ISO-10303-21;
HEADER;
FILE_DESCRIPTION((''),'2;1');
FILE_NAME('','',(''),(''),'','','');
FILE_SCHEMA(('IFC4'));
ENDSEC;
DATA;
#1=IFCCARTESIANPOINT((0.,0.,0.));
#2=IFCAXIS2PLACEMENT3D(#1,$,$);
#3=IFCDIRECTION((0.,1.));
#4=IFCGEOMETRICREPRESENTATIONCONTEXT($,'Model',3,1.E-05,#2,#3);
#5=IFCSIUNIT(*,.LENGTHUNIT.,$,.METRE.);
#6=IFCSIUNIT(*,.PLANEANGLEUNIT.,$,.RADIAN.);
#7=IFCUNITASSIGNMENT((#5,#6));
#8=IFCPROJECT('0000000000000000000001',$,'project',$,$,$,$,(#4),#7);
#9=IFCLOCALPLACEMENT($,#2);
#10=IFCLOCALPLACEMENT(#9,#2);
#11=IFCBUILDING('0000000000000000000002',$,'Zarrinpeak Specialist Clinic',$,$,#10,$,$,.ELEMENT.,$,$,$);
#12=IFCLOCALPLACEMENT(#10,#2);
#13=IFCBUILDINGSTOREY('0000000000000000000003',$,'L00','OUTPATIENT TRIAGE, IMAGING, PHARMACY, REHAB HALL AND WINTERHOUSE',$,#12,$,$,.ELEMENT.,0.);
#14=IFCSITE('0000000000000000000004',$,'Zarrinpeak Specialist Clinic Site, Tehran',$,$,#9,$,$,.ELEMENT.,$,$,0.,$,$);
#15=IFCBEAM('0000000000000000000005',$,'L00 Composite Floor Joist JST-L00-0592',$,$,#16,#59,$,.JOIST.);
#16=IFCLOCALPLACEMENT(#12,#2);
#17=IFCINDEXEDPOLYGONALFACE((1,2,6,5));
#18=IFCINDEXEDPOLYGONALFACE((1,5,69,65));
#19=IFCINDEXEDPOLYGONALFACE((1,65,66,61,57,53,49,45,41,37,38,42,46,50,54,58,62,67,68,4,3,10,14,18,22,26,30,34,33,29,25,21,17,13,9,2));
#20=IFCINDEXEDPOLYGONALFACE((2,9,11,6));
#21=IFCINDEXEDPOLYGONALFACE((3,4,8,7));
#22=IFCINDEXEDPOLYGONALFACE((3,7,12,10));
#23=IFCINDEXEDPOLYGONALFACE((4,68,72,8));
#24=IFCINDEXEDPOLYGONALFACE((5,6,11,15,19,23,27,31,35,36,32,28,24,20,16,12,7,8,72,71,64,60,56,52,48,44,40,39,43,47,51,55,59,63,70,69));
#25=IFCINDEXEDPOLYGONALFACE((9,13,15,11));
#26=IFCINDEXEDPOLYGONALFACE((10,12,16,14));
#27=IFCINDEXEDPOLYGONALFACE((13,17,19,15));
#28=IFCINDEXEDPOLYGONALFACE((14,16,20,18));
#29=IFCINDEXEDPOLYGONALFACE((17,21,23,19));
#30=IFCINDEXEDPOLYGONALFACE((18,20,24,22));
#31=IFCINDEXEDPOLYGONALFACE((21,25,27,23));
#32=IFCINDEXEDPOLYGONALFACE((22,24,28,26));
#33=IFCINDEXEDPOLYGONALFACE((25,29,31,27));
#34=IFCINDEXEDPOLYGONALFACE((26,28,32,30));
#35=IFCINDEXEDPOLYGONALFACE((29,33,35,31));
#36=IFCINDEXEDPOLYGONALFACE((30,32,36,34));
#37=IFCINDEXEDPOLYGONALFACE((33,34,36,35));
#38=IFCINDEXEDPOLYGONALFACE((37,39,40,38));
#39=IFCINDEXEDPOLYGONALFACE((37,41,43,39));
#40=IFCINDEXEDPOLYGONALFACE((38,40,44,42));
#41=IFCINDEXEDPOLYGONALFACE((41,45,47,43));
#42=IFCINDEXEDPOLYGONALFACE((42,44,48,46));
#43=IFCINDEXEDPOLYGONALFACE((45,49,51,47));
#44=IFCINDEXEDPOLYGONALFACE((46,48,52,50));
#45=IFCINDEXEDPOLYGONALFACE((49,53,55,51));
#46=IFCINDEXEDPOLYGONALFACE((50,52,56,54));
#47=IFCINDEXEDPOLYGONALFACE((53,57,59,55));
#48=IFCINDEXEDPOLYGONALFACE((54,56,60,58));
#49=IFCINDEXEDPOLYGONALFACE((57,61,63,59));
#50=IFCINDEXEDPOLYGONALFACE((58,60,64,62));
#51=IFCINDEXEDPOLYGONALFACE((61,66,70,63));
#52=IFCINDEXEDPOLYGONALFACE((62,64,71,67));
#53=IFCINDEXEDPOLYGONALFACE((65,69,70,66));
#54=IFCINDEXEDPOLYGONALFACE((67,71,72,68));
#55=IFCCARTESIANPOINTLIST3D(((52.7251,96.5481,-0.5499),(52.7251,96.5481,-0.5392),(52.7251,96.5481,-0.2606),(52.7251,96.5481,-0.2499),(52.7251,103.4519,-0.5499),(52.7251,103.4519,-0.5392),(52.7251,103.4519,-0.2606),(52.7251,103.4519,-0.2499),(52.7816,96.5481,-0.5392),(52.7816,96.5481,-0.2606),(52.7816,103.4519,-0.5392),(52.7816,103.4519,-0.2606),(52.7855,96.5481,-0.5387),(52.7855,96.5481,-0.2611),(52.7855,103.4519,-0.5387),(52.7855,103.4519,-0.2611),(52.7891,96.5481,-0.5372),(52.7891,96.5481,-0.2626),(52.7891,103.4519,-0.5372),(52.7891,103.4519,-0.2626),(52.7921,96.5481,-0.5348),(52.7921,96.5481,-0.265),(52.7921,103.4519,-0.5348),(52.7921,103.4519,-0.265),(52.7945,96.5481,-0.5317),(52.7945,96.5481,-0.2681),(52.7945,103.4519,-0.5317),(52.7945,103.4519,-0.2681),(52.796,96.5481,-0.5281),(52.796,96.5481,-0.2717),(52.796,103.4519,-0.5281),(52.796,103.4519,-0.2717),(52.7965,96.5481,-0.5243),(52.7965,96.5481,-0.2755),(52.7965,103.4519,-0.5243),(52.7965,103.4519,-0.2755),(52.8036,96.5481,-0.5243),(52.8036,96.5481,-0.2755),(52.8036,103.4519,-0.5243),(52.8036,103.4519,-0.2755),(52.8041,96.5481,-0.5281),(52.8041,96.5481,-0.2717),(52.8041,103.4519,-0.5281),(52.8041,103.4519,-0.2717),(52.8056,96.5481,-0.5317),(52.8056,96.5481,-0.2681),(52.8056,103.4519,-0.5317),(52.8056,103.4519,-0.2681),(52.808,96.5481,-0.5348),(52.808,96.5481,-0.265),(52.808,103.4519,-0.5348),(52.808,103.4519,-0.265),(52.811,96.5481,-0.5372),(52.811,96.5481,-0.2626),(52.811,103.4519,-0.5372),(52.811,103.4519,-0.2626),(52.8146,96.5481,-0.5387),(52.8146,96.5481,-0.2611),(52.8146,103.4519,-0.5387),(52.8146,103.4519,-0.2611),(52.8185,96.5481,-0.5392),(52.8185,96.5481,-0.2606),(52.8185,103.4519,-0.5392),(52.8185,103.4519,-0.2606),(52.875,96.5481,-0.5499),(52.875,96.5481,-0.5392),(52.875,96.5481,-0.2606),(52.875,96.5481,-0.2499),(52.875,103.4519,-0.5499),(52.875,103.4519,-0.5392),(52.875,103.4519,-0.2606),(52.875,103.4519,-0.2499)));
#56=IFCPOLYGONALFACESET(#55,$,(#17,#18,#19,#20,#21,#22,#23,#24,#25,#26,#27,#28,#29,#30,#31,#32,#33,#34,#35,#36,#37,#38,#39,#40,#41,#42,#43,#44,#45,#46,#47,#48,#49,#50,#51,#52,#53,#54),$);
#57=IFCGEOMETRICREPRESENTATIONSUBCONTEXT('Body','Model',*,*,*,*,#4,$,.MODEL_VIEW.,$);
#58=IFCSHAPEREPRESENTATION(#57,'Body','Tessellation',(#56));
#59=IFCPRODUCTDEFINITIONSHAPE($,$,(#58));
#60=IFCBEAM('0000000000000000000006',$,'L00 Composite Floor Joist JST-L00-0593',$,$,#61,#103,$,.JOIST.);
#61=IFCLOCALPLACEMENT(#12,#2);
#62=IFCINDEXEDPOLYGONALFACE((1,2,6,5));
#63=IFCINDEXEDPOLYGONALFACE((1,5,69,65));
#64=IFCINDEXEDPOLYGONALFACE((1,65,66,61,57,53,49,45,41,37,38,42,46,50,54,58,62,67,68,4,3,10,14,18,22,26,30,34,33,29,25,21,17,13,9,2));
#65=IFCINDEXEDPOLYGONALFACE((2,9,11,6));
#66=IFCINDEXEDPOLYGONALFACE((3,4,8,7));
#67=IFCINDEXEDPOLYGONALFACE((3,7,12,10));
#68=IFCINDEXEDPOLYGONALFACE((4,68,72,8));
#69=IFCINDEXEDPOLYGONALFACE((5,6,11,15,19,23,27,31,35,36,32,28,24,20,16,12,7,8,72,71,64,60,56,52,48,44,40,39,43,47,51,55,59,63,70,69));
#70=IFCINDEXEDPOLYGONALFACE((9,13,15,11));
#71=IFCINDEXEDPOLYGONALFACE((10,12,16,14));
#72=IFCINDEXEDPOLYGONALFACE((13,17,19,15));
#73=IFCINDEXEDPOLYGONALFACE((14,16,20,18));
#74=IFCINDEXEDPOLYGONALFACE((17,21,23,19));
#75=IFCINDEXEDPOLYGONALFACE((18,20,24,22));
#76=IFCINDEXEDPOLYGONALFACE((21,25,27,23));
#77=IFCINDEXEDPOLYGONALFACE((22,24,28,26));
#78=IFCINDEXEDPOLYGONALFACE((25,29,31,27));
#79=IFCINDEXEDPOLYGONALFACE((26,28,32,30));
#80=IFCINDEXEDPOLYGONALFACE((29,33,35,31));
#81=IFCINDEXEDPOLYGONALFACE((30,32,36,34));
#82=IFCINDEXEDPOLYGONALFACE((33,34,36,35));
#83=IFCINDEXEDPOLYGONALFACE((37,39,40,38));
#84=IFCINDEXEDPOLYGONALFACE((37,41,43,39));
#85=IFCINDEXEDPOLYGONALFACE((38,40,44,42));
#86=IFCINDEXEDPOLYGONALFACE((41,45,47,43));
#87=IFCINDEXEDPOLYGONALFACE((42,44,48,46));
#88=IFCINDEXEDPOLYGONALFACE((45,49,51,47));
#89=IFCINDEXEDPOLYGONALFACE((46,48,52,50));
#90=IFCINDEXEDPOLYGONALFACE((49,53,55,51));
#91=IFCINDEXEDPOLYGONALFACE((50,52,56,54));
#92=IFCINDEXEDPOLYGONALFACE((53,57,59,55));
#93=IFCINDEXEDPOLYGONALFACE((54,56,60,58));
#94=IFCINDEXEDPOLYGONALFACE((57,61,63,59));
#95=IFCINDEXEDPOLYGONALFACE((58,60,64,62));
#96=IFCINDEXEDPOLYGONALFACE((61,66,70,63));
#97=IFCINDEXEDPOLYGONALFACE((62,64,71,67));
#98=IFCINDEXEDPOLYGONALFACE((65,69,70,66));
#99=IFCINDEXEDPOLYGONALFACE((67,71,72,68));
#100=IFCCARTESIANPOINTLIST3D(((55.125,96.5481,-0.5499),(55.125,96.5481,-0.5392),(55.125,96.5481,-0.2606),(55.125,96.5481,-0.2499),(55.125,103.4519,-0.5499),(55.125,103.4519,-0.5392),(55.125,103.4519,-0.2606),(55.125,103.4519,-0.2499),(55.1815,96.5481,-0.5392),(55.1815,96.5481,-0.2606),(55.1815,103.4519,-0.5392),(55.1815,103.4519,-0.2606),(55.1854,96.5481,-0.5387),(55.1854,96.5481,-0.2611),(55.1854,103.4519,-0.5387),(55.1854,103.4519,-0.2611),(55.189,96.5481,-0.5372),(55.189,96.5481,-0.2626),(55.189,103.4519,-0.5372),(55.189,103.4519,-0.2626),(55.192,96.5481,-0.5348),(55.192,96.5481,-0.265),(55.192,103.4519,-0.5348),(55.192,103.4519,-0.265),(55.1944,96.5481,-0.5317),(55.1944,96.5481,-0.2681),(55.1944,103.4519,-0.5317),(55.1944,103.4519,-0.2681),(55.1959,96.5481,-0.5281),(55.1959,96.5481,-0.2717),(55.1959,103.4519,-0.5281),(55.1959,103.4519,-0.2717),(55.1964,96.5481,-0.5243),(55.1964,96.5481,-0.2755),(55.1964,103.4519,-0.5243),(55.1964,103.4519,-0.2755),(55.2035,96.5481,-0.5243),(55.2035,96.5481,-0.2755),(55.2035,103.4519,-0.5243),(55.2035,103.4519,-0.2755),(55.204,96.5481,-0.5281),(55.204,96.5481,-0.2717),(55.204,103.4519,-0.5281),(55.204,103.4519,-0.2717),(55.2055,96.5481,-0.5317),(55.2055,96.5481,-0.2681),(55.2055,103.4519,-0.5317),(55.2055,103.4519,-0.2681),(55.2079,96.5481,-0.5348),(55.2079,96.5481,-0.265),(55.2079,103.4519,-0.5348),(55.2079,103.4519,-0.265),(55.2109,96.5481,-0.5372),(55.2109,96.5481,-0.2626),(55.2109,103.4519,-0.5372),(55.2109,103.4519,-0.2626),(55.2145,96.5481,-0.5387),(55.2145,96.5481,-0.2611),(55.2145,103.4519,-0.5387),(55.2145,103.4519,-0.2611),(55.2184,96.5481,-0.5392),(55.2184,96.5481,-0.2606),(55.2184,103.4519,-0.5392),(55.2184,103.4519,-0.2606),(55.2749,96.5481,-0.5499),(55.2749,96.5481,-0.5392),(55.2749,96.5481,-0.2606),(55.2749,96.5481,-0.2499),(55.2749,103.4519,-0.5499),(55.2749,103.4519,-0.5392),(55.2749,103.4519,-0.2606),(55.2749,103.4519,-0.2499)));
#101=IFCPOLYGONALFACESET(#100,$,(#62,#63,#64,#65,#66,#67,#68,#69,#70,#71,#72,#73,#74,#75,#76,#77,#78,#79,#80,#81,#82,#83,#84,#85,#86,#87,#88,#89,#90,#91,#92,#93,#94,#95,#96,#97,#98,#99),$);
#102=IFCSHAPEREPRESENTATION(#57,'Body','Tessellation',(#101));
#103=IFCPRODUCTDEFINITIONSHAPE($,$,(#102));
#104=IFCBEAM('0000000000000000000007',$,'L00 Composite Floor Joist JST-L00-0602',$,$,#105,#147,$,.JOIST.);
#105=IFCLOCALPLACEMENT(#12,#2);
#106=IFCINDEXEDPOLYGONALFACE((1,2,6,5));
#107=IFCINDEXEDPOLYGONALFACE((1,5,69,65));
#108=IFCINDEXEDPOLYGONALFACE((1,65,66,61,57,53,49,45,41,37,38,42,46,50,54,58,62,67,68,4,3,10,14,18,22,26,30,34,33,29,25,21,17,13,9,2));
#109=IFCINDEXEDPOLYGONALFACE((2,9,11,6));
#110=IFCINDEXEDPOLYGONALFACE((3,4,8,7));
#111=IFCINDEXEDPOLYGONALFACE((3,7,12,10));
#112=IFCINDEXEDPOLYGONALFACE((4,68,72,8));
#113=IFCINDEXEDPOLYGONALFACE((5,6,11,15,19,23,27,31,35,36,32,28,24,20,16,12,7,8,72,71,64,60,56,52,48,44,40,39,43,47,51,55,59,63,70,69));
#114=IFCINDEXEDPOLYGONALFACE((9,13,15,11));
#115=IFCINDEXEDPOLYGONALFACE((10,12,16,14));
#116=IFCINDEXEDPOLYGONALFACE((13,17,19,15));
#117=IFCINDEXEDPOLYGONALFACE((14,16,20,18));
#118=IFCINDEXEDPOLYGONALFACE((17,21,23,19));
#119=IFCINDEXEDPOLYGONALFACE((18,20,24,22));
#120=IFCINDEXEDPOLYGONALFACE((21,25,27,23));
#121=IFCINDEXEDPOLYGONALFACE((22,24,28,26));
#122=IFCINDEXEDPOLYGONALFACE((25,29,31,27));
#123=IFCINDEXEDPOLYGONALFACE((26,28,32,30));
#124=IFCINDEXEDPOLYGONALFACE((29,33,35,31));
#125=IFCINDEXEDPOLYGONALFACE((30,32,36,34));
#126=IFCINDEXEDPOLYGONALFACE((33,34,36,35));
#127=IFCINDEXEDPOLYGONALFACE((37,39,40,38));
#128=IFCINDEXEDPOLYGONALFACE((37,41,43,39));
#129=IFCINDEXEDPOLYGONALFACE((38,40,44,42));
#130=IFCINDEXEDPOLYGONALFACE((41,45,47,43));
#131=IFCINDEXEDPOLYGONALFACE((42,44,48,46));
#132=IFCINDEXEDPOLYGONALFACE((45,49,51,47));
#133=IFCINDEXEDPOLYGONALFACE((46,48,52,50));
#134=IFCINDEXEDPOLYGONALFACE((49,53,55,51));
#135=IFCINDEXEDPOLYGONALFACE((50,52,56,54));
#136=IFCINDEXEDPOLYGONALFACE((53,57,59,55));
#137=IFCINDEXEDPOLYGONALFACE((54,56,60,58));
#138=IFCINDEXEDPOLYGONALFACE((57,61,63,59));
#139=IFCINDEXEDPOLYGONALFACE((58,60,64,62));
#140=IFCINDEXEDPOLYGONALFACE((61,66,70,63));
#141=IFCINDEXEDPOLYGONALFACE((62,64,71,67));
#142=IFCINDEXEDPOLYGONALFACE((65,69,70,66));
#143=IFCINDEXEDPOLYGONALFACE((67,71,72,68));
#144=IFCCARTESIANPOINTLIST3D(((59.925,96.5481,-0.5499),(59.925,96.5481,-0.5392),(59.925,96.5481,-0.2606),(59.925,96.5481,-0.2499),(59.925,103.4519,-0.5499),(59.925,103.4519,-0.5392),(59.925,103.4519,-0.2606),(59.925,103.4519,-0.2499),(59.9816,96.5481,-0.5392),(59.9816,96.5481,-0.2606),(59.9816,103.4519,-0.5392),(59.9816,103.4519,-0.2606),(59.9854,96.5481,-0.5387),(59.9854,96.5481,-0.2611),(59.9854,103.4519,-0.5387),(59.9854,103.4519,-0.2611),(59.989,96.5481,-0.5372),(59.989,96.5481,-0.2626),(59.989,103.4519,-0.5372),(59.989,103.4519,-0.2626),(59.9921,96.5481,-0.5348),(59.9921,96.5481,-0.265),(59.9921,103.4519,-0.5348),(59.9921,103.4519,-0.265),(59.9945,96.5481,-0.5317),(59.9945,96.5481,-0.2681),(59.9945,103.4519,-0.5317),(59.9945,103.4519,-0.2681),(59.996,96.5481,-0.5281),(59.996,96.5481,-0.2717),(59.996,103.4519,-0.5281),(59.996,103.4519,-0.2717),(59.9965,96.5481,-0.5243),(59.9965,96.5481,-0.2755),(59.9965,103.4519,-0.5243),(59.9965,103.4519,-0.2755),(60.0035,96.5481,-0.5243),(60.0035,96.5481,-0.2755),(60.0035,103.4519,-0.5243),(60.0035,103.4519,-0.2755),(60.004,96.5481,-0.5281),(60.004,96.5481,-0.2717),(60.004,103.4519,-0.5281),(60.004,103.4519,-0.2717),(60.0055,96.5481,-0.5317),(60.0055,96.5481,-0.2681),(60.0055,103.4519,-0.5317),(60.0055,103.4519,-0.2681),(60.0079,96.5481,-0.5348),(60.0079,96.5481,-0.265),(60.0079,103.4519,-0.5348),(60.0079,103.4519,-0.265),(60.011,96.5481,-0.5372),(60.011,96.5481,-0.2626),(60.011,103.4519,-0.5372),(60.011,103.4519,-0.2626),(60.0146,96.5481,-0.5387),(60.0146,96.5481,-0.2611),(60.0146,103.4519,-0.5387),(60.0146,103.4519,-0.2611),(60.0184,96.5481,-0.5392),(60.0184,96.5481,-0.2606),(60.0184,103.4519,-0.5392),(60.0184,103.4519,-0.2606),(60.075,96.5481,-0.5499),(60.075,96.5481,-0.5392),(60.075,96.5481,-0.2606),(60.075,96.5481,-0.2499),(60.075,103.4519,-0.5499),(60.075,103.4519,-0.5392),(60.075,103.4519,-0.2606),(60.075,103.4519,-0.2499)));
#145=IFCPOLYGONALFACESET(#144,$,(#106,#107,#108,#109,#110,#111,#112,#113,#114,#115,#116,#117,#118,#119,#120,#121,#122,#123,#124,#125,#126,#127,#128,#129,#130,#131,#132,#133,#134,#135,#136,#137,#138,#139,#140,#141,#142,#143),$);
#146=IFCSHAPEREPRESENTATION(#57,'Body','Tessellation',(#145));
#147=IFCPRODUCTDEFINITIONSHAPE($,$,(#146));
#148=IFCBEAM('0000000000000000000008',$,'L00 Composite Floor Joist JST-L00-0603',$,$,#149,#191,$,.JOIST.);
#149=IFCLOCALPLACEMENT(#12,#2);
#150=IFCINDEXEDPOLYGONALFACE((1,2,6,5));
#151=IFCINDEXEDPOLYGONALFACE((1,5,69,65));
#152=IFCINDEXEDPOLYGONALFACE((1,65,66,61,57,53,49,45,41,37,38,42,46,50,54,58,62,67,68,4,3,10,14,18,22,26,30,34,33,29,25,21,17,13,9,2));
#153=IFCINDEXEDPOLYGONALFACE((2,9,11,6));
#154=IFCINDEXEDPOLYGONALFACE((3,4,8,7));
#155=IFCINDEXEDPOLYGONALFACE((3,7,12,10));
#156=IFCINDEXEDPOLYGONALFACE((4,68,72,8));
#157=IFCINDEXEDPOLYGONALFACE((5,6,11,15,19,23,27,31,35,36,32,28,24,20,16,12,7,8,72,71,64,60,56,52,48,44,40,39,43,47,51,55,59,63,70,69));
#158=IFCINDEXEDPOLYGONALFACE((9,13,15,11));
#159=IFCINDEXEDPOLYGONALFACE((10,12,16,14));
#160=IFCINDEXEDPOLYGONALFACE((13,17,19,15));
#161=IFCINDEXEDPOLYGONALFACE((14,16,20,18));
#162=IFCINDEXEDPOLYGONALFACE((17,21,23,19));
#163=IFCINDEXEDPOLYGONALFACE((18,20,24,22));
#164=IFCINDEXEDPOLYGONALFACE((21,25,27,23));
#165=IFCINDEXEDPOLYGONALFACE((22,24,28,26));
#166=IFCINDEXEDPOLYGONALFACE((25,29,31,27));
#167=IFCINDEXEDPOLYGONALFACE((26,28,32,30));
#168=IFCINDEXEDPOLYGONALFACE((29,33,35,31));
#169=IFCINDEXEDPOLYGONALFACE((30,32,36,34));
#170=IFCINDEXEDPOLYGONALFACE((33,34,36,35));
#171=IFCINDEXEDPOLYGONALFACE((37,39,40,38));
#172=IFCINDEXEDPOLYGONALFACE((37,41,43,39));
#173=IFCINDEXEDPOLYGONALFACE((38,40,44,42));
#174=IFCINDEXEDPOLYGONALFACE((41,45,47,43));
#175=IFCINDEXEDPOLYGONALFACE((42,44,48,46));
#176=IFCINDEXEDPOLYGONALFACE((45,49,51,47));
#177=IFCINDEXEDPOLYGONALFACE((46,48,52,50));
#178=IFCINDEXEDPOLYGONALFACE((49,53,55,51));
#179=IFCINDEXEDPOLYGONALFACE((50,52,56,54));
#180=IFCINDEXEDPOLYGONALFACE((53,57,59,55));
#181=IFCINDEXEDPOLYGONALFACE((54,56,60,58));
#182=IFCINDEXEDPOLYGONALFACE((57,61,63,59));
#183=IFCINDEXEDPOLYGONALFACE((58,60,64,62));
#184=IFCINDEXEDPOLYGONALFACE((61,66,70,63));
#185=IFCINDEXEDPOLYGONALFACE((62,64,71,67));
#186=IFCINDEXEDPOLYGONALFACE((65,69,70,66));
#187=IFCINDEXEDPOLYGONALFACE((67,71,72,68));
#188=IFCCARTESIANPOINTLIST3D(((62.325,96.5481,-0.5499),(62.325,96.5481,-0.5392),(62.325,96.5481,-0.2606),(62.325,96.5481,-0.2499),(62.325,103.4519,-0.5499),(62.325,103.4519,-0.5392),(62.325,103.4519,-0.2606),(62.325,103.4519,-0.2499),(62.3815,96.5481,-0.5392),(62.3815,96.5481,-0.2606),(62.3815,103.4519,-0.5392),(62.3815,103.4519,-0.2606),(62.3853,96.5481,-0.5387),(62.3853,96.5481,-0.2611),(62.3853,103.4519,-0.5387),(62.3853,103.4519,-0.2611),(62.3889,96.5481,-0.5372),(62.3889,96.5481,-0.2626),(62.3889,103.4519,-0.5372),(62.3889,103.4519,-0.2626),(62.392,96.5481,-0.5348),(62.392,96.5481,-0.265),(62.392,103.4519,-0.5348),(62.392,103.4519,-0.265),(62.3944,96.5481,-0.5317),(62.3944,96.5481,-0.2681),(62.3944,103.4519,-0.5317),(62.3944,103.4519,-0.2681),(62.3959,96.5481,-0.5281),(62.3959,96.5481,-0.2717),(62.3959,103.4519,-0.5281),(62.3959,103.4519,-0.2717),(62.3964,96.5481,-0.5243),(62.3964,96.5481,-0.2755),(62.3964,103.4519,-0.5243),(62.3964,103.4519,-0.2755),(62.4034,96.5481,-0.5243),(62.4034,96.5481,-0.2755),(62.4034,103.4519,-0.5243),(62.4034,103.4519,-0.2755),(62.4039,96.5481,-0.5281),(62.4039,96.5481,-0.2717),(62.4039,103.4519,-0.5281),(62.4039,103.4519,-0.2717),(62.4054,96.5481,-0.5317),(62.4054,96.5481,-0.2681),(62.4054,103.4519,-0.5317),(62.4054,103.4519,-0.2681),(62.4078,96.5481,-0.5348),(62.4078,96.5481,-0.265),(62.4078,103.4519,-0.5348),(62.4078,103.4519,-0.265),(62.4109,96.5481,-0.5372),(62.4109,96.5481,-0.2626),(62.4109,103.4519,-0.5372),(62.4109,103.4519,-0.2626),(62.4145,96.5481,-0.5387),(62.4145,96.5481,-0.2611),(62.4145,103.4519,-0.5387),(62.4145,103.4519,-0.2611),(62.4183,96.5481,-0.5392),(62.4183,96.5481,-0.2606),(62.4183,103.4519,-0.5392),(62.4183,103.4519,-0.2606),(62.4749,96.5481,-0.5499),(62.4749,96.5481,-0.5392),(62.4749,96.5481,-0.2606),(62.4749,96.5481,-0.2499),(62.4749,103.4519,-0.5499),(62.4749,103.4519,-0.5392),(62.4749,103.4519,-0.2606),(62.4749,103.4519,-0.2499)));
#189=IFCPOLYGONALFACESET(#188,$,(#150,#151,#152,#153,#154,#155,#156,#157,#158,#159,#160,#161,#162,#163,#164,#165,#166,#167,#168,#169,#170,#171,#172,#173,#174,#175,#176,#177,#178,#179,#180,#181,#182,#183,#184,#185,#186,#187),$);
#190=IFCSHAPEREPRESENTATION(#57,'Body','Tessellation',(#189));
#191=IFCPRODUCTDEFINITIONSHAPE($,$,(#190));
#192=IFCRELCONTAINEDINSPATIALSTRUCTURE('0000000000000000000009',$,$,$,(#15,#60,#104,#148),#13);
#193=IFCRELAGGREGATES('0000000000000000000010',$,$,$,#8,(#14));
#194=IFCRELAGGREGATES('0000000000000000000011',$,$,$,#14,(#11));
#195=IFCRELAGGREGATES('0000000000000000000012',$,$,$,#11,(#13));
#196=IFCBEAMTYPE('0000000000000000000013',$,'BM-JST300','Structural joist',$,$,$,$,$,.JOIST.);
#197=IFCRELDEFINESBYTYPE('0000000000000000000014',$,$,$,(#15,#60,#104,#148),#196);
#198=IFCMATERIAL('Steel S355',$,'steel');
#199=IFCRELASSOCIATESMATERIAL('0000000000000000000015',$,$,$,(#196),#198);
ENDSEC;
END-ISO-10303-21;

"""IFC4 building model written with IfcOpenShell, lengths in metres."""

from ifc_helpers import new_model, si_unit, direction, frame, origin, origin_2d, place, context, subcontext, project, spatial, i_section, extrude, material, material_profile, profile_set, type_object, element, save


model = new_model("IFC4")

# Units and contexts
model_context = context("Model", 3, precision=1e-05, world=origin(), true_north=direction((0.0, 1.0)))
body_context = subcontext(model_context, "Body", "Model", "MODEL_VIEW")
ifc_project = project(units=[si_unit("LENGTHUNIT", "METRE"), si_unit("PLANEANGLEUNIT", "RADIAN")], contexts=[model_context])

# Site, building, storey
site_placement = place(None, origin())
site = spatial("IfcSite", under=ifc_project, at=site_placement, Name="Zarrinpeak Specialist Clinic Site, Tehran", CompositionType="ELEMENT", RefElevation=0.0)
building_placement = place(site_placement, origin())
building = spatial("IfcBuilding", under=site, at=building_placement, Name="Zarrinpeak Specialist Clinic", CompositionType="ELEMENT")
storey_placement = place(building_placement, origin())
storey = spatial("IfcBuildingStorey", under=building, at=storey_placement, Name="L00", Description="OUTPATIENT TRIAGE, IMAGING, PHARMACY, REHAB HALL AND WINTERHOUSE", CompositionType="ELEMENT", Elevation=0.0)

# Shared definitions
ifc_material_1 = material(Name="Steel S355", Category="steel")

# Beams
ifc_material_profile_1 = material_profile(ifc_material_1, i_section(OverallWidth=0.1499, OverallDepth=0.3, WebThickness=0.0071, FlangeThickness=0.0107, FilletRadius=0.0149, at=origin_2d()), Name="IPE 300")
ifc_profile_set_1 = profile_set([ifc_material_profile_1], Name="Steel S355")
beam_type_1 = type_object("IfcBeamType", Name="BM-JST300", Description="Structural joist", PredefinedType="JOIST", material=ifc_profile_set_1)
for number, where, z_axis, x_axis, name in (
    (1, (52.8, 96.5481, -0.3999), (0.0, 1.0, 0.0), (-1.0, 0.0, 0.0), "L00 Composite Floor Joist JST-L00-0592"),
    (2, (55.2, 96.5481, -0.3999), (0.0, 1.0, 0.0), (-1.0, 0.0, 0.0), "L00 Composite Floor Joist JST-L00-0593"),
    (3, (60.0, 96.5481, -0.3999), (0.0, 1.0, 0.0), (-1.0, 0.0, 0.0), "L00 Composite Floor Joist JST-L00-0602"),
    (4, (62.3999, 96.5481, -0.3999), (0.0, 1.0, 0.0), (-1.0, 0.0, 0.0), "L00 Composite Floor Joist JST-L00-0603"),
):
    element("IfcBeam", number, at=place(storey_placement, frame(where, z_axis=z_axis, x_axis=x_axis)), inside=storey, type_object=beam_type_1, Name=name, PredefinedType="JOIST", context=body_context, shape_type="SweptSolid", body=[
        extrude(i_section(OverallWidth=0.1499, OverallDepth=0.3, WebThickness=0.0071, FlangeThickness=0.0107, FilletRadius=0.0149, at=origin_2d()), origin(), (0.0, 0.0, 1.0), 6.9038),
    ])

save(model, "model.ifc")
